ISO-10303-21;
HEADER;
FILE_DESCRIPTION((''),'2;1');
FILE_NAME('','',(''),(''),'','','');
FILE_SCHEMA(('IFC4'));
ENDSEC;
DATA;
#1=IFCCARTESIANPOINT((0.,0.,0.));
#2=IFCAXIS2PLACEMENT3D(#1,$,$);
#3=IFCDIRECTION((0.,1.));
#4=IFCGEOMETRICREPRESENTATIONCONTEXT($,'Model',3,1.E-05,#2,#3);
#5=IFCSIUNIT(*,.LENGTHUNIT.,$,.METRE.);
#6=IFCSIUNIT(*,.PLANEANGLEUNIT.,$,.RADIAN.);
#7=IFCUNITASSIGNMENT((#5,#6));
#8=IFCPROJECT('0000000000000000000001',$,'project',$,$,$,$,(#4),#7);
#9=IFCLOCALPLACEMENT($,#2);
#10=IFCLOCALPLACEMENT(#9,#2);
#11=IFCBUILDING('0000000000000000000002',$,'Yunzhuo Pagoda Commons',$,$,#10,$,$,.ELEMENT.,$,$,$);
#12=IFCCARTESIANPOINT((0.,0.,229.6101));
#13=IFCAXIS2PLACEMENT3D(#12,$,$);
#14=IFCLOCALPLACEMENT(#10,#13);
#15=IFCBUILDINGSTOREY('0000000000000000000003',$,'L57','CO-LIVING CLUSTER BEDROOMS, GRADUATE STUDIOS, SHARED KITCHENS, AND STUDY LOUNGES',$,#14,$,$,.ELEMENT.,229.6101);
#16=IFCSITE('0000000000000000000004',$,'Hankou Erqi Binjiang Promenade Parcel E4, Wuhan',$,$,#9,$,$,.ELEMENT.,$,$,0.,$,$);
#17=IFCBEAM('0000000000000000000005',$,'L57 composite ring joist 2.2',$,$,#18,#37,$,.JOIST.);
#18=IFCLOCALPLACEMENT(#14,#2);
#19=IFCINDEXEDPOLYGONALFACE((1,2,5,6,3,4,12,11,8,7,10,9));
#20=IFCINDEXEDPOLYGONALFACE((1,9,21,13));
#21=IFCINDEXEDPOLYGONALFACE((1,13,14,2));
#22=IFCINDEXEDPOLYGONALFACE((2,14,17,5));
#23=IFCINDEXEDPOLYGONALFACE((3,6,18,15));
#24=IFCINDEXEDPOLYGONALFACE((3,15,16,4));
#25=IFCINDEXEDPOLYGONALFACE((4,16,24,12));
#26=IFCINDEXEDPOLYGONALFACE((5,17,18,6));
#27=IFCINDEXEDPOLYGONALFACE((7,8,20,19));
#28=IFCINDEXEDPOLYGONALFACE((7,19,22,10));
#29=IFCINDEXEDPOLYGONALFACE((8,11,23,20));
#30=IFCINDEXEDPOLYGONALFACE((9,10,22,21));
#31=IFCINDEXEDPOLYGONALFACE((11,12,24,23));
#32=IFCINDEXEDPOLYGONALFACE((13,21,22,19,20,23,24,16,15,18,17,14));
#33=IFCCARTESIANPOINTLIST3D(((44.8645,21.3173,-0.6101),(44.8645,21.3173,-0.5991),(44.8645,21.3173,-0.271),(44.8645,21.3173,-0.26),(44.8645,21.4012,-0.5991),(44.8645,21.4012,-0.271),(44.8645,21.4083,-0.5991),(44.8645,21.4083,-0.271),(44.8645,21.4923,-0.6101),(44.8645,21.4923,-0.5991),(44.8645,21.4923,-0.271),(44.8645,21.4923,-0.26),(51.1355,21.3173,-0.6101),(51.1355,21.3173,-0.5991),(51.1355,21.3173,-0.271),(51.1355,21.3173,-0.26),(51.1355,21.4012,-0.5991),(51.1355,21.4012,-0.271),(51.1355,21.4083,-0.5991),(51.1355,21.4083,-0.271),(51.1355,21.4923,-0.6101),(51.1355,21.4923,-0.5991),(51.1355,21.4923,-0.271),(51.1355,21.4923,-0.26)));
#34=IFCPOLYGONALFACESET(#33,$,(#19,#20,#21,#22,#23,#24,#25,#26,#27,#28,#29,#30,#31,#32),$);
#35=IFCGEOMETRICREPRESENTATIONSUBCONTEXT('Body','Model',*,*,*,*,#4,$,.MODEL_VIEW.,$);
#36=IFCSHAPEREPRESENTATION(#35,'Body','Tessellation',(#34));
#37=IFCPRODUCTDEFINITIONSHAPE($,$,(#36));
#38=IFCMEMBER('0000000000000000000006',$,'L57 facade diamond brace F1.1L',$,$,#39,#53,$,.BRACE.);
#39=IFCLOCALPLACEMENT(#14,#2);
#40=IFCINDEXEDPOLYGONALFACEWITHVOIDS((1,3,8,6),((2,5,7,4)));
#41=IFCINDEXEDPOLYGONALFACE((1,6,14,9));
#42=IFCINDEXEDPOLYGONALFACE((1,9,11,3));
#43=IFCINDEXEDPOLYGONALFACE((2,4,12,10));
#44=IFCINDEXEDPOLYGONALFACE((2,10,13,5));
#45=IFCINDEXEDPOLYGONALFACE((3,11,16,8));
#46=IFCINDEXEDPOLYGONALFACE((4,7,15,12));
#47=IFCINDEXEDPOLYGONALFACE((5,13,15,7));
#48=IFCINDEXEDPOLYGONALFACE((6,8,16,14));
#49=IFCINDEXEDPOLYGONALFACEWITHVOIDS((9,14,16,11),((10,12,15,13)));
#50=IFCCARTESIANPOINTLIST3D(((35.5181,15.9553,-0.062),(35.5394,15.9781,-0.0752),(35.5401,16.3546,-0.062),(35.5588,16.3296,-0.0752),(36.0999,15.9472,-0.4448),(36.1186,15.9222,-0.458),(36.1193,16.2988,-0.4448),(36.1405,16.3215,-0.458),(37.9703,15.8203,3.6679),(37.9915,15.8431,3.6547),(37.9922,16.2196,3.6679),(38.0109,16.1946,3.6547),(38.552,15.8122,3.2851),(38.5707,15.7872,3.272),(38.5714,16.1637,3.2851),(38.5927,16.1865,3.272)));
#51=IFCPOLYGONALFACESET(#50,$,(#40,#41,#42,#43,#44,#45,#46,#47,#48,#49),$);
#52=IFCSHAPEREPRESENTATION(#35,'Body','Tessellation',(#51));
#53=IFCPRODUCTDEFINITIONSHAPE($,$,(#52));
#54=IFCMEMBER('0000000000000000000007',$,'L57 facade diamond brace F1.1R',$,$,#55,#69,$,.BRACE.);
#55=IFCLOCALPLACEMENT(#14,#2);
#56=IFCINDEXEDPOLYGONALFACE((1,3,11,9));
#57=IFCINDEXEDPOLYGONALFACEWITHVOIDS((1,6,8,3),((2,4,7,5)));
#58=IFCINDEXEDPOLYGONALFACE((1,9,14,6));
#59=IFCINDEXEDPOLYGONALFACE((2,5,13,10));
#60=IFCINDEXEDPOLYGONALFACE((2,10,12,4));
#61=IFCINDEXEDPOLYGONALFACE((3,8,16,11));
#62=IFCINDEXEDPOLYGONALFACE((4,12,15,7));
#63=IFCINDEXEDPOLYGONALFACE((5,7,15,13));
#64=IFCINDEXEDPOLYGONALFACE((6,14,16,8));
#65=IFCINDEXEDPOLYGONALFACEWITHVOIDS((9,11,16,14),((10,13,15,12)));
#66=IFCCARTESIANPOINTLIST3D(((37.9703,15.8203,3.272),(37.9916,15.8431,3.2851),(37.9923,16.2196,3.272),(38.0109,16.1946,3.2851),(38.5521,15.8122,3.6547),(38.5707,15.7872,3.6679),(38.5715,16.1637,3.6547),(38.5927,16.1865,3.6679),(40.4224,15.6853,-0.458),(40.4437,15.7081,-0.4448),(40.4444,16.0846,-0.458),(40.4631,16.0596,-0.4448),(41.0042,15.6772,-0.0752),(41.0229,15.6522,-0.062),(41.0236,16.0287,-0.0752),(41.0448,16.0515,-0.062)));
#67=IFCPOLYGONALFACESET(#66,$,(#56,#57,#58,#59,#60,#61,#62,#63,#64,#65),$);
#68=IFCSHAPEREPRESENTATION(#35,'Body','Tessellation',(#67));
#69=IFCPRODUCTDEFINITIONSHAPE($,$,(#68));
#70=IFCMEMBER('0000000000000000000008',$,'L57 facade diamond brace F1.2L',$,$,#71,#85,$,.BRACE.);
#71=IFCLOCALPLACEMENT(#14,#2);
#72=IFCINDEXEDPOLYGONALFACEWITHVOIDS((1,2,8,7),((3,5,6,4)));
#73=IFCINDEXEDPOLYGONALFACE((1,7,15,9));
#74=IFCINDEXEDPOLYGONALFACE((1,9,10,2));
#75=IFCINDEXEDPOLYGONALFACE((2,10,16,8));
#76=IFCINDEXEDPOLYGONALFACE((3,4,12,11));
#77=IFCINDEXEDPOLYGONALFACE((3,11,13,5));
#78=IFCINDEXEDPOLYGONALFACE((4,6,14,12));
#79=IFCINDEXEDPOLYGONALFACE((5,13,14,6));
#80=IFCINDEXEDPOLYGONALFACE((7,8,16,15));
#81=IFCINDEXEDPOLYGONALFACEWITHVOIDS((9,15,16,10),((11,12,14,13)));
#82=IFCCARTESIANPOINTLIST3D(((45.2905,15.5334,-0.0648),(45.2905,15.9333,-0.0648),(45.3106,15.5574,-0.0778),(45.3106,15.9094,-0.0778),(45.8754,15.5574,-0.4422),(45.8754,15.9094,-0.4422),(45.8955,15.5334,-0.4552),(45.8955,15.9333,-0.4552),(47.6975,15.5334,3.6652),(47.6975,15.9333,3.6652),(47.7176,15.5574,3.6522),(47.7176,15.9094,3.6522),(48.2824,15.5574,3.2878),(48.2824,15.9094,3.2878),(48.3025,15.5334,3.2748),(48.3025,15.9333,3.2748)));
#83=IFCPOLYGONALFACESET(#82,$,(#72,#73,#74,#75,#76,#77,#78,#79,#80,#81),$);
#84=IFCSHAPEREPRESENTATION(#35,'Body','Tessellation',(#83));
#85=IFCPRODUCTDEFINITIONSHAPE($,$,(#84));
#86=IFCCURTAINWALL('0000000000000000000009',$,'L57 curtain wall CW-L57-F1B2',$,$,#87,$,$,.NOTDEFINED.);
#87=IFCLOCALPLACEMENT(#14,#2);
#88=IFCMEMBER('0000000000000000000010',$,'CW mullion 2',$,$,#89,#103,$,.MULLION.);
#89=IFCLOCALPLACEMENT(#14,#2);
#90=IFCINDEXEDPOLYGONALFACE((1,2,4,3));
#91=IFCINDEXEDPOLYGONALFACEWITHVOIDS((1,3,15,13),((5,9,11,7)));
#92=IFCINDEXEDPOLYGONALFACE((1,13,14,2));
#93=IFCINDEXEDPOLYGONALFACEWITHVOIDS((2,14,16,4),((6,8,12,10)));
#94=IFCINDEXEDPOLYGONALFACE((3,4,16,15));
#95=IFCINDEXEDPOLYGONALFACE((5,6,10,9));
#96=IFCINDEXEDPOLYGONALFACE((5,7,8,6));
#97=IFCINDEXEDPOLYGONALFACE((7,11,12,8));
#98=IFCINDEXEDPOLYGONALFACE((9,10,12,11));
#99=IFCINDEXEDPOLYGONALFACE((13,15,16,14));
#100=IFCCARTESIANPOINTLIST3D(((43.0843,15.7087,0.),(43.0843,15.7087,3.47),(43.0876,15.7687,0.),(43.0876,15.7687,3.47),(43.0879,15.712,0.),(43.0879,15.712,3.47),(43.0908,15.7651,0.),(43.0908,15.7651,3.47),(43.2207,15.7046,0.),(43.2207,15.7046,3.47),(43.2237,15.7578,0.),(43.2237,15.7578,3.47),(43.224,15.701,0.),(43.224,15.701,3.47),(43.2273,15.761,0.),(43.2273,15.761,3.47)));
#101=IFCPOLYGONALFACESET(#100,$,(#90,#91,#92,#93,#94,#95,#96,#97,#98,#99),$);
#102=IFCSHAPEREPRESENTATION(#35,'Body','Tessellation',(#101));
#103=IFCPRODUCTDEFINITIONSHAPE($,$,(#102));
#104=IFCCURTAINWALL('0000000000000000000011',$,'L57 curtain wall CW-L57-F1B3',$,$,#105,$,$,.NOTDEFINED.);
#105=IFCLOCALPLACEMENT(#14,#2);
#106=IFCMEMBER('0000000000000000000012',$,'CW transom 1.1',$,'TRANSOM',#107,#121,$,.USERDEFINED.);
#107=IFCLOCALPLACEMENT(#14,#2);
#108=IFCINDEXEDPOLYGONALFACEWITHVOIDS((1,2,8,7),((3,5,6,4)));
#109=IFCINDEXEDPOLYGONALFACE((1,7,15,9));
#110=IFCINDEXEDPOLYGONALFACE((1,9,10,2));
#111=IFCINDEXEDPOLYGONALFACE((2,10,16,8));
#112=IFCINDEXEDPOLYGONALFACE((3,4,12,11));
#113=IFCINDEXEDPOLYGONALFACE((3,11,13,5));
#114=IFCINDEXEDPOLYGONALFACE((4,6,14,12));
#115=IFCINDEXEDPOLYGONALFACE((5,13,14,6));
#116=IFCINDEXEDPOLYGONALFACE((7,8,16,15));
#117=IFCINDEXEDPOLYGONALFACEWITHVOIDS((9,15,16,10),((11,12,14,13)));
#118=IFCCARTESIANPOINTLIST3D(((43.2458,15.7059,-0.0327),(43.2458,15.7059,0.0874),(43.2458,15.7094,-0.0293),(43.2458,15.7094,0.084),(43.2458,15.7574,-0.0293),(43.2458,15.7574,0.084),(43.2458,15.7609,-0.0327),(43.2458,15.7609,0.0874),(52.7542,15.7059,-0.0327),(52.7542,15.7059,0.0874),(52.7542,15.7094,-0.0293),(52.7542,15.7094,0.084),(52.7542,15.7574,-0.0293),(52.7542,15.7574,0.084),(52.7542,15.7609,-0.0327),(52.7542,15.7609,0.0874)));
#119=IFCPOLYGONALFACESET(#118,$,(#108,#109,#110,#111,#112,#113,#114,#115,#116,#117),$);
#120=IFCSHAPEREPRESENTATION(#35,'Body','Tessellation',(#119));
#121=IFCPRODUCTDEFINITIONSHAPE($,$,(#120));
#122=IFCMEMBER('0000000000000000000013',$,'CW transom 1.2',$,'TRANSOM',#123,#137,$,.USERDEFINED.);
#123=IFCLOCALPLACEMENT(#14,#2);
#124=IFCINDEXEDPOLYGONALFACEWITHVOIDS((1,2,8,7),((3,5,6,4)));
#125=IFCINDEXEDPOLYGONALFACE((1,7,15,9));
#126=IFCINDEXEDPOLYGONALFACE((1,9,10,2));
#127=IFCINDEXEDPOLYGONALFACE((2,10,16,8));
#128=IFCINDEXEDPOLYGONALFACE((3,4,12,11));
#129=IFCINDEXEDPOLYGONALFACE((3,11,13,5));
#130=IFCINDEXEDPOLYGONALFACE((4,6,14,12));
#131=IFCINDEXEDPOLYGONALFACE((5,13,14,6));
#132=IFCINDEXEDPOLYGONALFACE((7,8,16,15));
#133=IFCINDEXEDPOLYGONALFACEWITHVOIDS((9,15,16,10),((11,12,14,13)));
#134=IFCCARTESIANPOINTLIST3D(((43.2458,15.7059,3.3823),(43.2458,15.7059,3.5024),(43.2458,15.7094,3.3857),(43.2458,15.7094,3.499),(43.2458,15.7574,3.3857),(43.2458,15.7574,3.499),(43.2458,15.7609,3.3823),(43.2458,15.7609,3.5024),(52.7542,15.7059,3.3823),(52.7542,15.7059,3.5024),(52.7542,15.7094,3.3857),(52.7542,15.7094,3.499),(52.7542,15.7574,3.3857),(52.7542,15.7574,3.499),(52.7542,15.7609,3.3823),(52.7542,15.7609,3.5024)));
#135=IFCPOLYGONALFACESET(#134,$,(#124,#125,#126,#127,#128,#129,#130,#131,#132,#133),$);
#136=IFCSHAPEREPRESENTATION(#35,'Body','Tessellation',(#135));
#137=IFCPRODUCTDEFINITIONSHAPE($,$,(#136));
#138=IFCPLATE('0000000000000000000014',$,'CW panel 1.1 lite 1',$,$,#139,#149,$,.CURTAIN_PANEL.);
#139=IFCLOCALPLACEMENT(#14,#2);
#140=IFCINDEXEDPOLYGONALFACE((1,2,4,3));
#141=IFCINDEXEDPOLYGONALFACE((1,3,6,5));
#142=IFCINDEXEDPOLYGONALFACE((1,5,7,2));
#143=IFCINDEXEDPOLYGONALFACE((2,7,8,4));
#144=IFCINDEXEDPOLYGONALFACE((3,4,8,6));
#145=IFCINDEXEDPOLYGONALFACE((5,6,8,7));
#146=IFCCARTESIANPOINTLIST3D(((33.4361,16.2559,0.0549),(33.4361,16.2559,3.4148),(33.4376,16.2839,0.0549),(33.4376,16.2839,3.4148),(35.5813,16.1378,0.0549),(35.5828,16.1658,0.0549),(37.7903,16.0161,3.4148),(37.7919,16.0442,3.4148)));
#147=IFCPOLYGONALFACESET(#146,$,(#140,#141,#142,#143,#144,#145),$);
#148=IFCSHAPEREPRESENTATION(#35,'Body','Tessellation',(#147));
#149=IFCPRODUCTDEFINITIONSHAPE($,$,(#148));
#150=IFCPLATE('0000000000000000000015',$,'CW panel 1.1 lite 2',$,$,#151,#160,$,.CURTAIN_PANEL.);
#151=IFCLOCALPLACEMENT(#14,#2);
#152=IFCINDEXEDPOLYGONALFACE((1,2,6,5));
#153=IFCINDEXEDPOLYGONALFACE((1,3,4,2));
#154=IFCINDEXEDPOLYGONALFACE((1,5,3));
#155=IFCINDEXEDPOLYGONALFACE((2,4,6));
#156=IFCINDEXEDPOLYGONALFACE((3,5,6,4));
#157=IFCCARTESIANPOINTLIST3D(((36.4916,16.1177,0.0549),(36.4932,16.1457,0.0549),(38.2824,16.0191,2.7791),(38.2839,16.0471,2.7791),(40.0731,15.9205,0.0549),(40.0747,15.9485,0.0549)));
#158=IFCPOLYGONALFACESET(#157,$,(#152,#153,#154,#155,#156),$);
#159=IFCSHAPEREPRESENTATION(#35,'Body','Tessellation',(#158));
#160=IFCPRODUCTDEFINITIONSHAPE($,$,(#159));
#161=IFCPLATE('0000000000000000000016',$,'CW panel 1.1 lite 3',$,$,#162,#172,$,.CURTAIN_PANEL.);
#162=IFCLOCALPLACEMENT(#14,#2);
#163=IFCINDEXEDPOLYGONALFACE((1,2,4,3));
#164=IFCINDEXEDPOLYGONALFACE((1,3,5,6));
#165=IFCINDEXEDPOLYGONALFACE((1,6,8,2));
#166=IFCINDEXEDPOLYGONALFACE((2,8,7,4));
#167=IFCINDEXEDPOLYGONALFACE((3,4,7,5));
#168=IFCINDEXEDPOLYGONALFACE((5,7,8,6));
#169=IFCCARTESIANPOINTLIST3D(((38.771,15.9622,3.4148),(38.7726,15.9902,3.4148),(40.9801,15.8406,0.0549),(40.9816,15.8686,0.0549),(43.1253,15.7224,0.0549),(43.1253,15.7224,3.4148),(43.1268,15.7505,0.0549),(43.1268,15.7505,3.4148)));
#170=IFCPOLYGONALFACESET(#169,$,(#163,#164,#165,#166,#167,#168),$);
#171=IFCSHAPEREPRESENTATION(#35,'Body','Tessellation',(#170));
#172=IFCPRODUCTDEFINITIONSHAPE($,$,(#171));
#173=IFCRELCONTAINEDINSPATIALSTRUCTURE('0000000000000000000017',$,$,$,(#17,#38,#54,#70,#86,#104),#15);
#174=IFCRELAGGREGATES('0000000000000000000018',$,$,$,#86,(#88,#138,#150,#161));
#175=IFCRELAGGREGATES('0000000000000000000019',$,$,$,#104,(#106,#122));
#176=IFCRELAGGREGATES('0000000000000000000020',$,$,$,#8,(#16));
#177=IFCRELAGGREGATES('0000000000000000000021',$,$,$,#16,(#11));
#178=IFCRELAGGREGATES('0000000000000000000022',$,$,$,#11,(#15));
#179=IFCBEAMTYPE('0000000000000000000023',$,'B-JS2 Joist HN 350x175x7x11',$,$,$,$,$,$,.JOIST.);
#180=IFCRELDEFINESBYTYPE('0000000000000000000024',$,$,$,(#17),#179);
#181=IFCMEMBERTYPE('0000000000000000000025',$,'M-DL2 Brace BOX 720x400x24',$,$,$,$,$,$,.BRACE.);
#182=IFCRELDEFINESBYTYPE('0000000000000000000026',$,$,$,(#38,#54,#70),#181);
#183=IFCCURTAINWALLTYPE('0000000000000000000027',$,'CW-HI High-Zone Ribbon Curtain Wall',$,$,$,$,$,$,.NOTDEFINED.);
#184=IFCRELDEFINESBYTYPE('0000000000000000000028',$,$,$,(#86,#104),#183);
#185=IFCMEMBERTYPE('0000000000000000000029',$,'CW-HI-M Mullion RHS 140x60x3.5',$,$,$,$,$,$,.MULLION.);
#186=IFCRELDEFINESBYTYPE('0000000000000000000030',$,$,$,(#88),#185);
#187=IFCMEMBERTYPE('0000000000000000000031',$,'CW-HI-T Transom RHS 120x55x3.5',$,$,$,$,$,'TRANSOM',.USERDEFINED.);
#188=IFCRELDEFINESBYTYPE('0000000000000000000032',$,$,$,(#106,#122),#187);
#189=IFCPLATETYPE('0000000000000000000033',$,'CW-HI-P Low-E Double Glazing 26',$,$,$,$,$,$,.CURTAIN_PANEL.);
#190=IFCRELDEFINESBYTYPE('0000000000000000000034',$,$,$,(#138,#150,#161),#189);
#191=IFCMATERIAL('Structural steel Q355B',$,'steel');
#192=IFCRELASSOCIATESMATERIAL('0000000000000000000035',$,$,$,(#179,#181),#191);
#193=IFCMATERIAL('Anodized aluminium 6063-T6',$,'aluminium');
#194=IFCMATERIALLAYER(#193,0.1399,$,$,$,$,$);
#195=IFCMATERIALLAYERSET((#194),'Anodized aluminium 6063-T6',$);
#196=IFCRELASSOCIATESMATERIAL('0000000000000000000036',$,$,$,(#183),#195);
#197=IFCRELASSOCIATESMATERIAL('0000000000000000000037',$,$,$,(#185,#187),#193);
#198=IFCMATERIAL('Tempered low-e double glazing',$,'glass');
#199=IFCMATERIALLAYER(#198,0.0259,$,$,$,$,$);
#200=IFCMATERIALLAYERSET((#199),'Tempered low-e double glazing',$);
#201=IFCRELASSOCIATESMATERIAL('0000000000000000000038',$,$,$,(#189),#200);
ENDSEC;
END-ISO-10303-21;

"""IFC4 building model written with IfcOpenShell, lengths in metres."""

from ifc_helpers import new_model, si_unit, direction, frame, origin, origin_2d, place, context, subcontext, project, spatial, polyline, hollow_rectangle, i_section, outline, extrude, source, transform, mapped, material, layer, layer_set, material_profile, profile_set, type_object, element, aggregate, save


model = new_model("IFC4")

# Units and contexts
model_context = context("Model", 3, precision=1e-05, world=origin(), true_north=direction((0.0, 1.0)))
body_context = subcontext(model_context, "Body", "Model", "MODEL_VIEW")
ifc_project = project(units=[si_unit("LENGTHUNIT", "METRE"), si_unit("PLANEANGLEUNIT", "RADIAN")], contexts=[model_context])

# Site, building, storey
site_placement = place(None, origin())
site = spatial("IfcSite", under=ifc_project, at=site_placement, Name="Hankou Erqi Binjiang Promenade Parcel E4, Wuhan", CompositionType="ELEMENT", RefElevation=0.0)
building_placement = place(site_placement, origin())
building = spatial("IfcBuilding", under=site, at=building_placement, Name="Yunzhuo Pagoda Commons", CompositionType="ELEMENT")
storey_placement = place(building_placement, frame((0.0, 0.0, 229.6101)))
storey = spatial("IfcBuildingStorey", under=building, at=storey_placement, Name="L57", Description="CO-LIVING CLUSTER BEDROOMS, GRADUATE STUDIOS, SHARED KITCHENS, AND STUDY LOUNGES", CompositionType="ELEMENT", Elevation=229.6101)

# Shared definitions
ifc_material_1 = material(Name="Structural steel Q355B", Category="steel")

# Beam
ifc_material_profile_1 = material_profile(ifc_material_1, i_section(OverallWidth=0.175, OverallDepth=0.3501, WebThickness=0.0071, FlangeThickness=0.011, at=origin_2d()), Name="Structural steel Q355B")
ifc_profile_set_1 = profile_set([ifc_material_profile_1], Name="Structural steel Q355B")
beam_type_1 = type_object("IfcBeamType", Name="B-JS2 Joist HN 350x175x7x11", PredefinedType="JOIST", material=ifc_profile_set_1)
shared_shape_1 = source(origin(), body_context, "Body", "SweptSolid", [
    extrude(i_section(OverallWidth=0.175, OverallDepth=0.3501, WebThickness=0.0071, FlangeThickness=0.011, at=origin_2d()), origin(), (0.0, 0.0, 1.0), 6.271),
])
beam_1_placement = place(storey_placement, frame((44.8645, 21.4048, -0.4351), z_axis=(1.0, 0.0, 0.0), x_axis=(0.0, 1.0, 0.0)))
element("IfcBeam", 1, at=beam_1_placement, inside=storey, type_object=beam_type_1, Name="L57 composite ring joist 2.2", PredefinedType="JOIST", context=body_context, shape_type="MappedRepresentation", body=[
    mapped(shared_shape_1, transform((0.0, 0.0, 0.0), scale=1.0)),
])

# Members
ifc_material_profile_2 = material_profile(ifc_material_1, hollow_rectangle(XDim=0.3999, YDim=0.72, WallThickness=0.0239, at=origin_2d()), Name="Structural steel Q355B")
ifc_profile_set_2 = profile_set([ifc_material_profile_2], Name="Structural steel Q355B")
member_type_1 = type_object("IfcMemberType", Name="M-DL2 Brace BOX 720x400x24", PredefinedType="BRACE", material=ifc_profile_set_2)
shared_shape_2 = source(origin(), body_context, "Body", "SweptSolid", [
    extrude(hollow_rectangle(XDim=0.3999, YDim=0.72, WallThickness=0.0239, at=origin_2d()), origin(), (0.0, 0.0, 1.0), 4.4658),
])
for number, where, z_axis, x_axis, name in (
    (2, (35.8293, 16.1384, -0.26), (0.549086, -0.030231, 0.835219), (0.054974, 0.998488, 0.0), "L57 facade diamond brace F1.1L"),
    (3, (40.7336, 15.8684, -0.26), (-0.549086, 0.030231, 0.835219), (-0.054974, -0.998488, 0.0), "L57 facade diamond brace F1.1R"),
):
    element("IfcMember", number, at=place(storey_placement, frame(where, z_axis=z_axis, x_axis=x_axis)), inside=storey, type_object=member_type_1, Name=name, PredefinedType="BRACE", context=body_context, shape_type="MappedRepresentation", body=[
        mapped(shared_shape_2, transform((0.0, 0.0, 0.0), scale=1.0)),
    ])
shared_shape_3 = source(origin(), body_context, "Body", "SweptSolid", [
    extrude(hollow_rectangle(XDim=0.3999, YDim=0.72, WallThickness=0.0239, at=origin_2d()), origin(), (0.0, 0.0, 1.0), 4.4392),
])
member_1_placement = place(storey_placement, frame((45.593, 15.7334, -0.26), z_axis=(0.542213, 0.0, 0.840241), x_axis=(0.0, 1.0, 0.0)))
element("IfcMember", 4, at=member_1_placement, inside=storey, type_object=member_type_1, Name="L57 facade diamond brace F1.2L", PredefinedType="BRACE", context=body_context, shape_type="MappedRepresentation", body=[
    mapped(shared_shape_3, transform((0.0, 0.0, 0.0), scale=1.0)),
])

# Curtain wall, member
ifc_material_2 = material(Name="Anodized aluminium 6063-T6", Category="aluminium")
ifc_layer_1 = layer(ifc_material_2, 0.1399)
ifc_layer_set_1 = layer_set([ifc_layer_1], Name="Anodized aluminium 6063-T6")
curtain_wall_type = type_object("IfcCurtainWallType", Name="CW-HI High-Zone Ribbon Curtain Wall", PredefinedType="NOTDEFINED", material=ifc_layer_set_1)
curtain_wall_1_placement = place(storey_placement, origin())
curtain_wall_1 = element("IfcCurtainWall", 5, at=curtain_wall_1_placement, inside=storey, type_object=curtain_wall_type, Name="L57 curtain wall CW-L57-F1B2", PredefinedType="NOTDEFINED")
ifc_material_profile_3 = material_profile(ifc_material_2, hollow_rectangle(XDim=0.0601, YDim=0.1399, WallThickness=0.0034, at=origin_2d()), Name="Anodized aluminium 6063-T6")
ifc_profile_set_3 = profile_set([ifc_material_profile_3], Name="Anodized aluminium 6063-T6")
member_type_2 = type_object("IfcMemberType", Name="CW-HI-M Mullion RHS 140x60x3.5", PredefinedType="MULLION", material=ifc_profile_set_3)
shared_shape_4 = source(origin(), body_context, "Body", "SweptSolid", [
    extrude(hollow_rectangle(XDim=0.0601, YDim=0.1399, WallThickness=0.0034, at=origin_2d()), origin(), (0.0, 0.0, 1.0), 3.47),
])
member_2_placement = place(storey_placement, frame((43.1558, 15.7349, 0.0), z_axis=(0.0, 0.0, 1.0), x_axis=(0.054981, 0.998487, 0.0)))
member_2 = element("IfcMember", 6, at=member_2_placement, type_object=member_type_2, Name="CW mullion 2", PredefinedType="MULLION", context=body_context, shape_type="MappedRepresentation", body=[
    mapped(shared_shape_4, transform((0.0, 0.0, 0.0), scale=1.0)),
])

# Curtain wall, members
curtain_wall_2_placement = place(storey_placement, origin())
curtain_wall_2 = element("IfcCurtainWall", 7, at=curtain_wall_2_placement, inside=storey, type_object=curtain_wall_type, Name="L57 curtain wall CW-L57-F1B3", PredefinedType="NOTDEFINED")
ifc_material_profile_4 = material_profile(ifc_material_2, hollow_rectangle(XDim=0.0549, YDim=0.1201, WallThickness=0.0034, at=origin_2d()), Name="Anodized aluminium 6063-T6")
ifc_profile_set_4 = profile_set([ifc_material_profile_4], Name="Anodized aluminium 6063-T6")
member_type_3 = type_object("IfcMemberType", Name="CW-HI-T Transom RHS 120x55x3.5", ElementType="TRANSOM", PredefinedType="USERDEFINED", material=ifc_profile_set_4)
shared_shape_5 = source(origin(), body_context, "Body", "SweptSolid", [
    extrude(hollow_rectangle(XDim=0.0549, YDim=0.1201, WallThickness=0.0034, at=origin_2d()), origin(), (0.0, 0.0, 1.0), 9.5083),
])
member_3_placement = place(storey_placement, frame((43.2458, 15.7334, 0.0273), z_axis=(1.0, 0.0, 0.0), x_axis=(0.0, 1.0, 0.0)))
member_3 = element("IfcMember", 8, at=member_3_placement, type_object=member_type_3, Name="CW transom 1.1", ObjectType="TRANSOM", PredefinedType="USERDEFINED", context=body_context, shape_type="MappedRepresentation", body=[
    mapped(shared_shape_5, transform((0.0, 0.0, 0.0), scale=1.0)),
])
member_4_placement = place(storey_placement, frame((43.2458, 15.7334, 3.4424), z_axis=(1.0, 0.0, 0.0), x_axis=(0.0, 1.0, 0.0)))
member_4 = element("IfcMember", 9, at=member_4_placement, type_object=member_type_3, Name="CW transom 1.2", ObjectType="TRANSOM", PredefinedType="USERDEFINED", context=body_context, shape_type="MappedRepresentation", body=[
    mapped(shared_shape_5, transform((0.0, 0.0, 0.0), scale=1.0)),
])

# Plates
ifc_material_3 = material(Name="Tempered low-e double glazing", Category="glass")
ifc_layer_2 = layer(ifc_material_3, 0.0259)
ifc_layer_set_2 = layer_set([ifc_layer_2], Name="Tempered low-e double glazing")
plate_type_1 = type_object("IfcPlateType", Name="CW-HI-P Low-E Double Glazing 26", PredefinedType="CURTAIN_PANEL", material=ifc_layer_set_2)
plate_1_placement = place(storey_placement, frame((35.6147, 16.1641, 1.7349), z_axis=(-0.054981, -0.998487, 0.0), x_axis=(0.998487, -0.054981, 0.0)))
plate_1 = element("IfcPlate", 10, at=plate_1_placement, type_object=plate_type_1, Name="CW panel 1.1 lite 1", PredefinedType="CURTAIN_PANEL", context=body_context, shape_type="SweptSolid", body=[
    extrude(outline(polyline([(-2.1804, -1.6799), (-0.032, -1.6799), (2.1804, 1.6799), (-2.1804, 1.6799), (-2.1804, -1.6799)])), origin(), (0.0, 0.0, 1.0), 0.0281),
])
plate_2_placement = place(storey_placement, frame((38.2839, 16.0471, 1.417), z_axis=(-0.054981, -0.998487, 0.0), x_axis=(0.998487, -0.054981, 0.0)))
plate_2 = element("IfcPlate", 11, at=plate_2_placement, type_object=plate_type_1, Name="CW panel 1.1 lite 2", PredefinedType="CURTAIN_PANEL", context=body_context, shape_type="SweptSolid", body=[
    extrude(outline(polyline([(-1.7935, -1.3621), (1.7935, -1.3621), (0.0, 1.3621), (-1.7935, -1.3621)])), origin(), (0.0, 0.0, 1.0), 0.0281),
])
plate_3_placement = place(storey_placement, frame((40.9497, 15.8704, 1.7349), z_axis=(-0.054981, -0.998487, 0.0), x_axis=(0.998487, -0.054981, 0.0)))
plate_3 = element("IfcPlate", 12, at=plate_3_placement, type_object=plate_type_1, Name="CW panel 1.1 lite 3", PredefinedType="CURTAIN_PANEL", context=body_context, shape_type="SweptSolid", body=[
    extrude(outline(polyline([(-2.1804, 1.6799), (0.032, -1.6799), (2.1804, -1.6799), (2.1804, 1.6799), (-2.1804, 1.6799)])), origin(), (0.0, 0.0, 1.0), 0.0281),
])
aggregate(curtain_wall_1, [member_2, plate_1, plate_2, plate_3])
aggregate(curtain_wall_2, [member_3, member_4])

save(model, "model.ifc")
